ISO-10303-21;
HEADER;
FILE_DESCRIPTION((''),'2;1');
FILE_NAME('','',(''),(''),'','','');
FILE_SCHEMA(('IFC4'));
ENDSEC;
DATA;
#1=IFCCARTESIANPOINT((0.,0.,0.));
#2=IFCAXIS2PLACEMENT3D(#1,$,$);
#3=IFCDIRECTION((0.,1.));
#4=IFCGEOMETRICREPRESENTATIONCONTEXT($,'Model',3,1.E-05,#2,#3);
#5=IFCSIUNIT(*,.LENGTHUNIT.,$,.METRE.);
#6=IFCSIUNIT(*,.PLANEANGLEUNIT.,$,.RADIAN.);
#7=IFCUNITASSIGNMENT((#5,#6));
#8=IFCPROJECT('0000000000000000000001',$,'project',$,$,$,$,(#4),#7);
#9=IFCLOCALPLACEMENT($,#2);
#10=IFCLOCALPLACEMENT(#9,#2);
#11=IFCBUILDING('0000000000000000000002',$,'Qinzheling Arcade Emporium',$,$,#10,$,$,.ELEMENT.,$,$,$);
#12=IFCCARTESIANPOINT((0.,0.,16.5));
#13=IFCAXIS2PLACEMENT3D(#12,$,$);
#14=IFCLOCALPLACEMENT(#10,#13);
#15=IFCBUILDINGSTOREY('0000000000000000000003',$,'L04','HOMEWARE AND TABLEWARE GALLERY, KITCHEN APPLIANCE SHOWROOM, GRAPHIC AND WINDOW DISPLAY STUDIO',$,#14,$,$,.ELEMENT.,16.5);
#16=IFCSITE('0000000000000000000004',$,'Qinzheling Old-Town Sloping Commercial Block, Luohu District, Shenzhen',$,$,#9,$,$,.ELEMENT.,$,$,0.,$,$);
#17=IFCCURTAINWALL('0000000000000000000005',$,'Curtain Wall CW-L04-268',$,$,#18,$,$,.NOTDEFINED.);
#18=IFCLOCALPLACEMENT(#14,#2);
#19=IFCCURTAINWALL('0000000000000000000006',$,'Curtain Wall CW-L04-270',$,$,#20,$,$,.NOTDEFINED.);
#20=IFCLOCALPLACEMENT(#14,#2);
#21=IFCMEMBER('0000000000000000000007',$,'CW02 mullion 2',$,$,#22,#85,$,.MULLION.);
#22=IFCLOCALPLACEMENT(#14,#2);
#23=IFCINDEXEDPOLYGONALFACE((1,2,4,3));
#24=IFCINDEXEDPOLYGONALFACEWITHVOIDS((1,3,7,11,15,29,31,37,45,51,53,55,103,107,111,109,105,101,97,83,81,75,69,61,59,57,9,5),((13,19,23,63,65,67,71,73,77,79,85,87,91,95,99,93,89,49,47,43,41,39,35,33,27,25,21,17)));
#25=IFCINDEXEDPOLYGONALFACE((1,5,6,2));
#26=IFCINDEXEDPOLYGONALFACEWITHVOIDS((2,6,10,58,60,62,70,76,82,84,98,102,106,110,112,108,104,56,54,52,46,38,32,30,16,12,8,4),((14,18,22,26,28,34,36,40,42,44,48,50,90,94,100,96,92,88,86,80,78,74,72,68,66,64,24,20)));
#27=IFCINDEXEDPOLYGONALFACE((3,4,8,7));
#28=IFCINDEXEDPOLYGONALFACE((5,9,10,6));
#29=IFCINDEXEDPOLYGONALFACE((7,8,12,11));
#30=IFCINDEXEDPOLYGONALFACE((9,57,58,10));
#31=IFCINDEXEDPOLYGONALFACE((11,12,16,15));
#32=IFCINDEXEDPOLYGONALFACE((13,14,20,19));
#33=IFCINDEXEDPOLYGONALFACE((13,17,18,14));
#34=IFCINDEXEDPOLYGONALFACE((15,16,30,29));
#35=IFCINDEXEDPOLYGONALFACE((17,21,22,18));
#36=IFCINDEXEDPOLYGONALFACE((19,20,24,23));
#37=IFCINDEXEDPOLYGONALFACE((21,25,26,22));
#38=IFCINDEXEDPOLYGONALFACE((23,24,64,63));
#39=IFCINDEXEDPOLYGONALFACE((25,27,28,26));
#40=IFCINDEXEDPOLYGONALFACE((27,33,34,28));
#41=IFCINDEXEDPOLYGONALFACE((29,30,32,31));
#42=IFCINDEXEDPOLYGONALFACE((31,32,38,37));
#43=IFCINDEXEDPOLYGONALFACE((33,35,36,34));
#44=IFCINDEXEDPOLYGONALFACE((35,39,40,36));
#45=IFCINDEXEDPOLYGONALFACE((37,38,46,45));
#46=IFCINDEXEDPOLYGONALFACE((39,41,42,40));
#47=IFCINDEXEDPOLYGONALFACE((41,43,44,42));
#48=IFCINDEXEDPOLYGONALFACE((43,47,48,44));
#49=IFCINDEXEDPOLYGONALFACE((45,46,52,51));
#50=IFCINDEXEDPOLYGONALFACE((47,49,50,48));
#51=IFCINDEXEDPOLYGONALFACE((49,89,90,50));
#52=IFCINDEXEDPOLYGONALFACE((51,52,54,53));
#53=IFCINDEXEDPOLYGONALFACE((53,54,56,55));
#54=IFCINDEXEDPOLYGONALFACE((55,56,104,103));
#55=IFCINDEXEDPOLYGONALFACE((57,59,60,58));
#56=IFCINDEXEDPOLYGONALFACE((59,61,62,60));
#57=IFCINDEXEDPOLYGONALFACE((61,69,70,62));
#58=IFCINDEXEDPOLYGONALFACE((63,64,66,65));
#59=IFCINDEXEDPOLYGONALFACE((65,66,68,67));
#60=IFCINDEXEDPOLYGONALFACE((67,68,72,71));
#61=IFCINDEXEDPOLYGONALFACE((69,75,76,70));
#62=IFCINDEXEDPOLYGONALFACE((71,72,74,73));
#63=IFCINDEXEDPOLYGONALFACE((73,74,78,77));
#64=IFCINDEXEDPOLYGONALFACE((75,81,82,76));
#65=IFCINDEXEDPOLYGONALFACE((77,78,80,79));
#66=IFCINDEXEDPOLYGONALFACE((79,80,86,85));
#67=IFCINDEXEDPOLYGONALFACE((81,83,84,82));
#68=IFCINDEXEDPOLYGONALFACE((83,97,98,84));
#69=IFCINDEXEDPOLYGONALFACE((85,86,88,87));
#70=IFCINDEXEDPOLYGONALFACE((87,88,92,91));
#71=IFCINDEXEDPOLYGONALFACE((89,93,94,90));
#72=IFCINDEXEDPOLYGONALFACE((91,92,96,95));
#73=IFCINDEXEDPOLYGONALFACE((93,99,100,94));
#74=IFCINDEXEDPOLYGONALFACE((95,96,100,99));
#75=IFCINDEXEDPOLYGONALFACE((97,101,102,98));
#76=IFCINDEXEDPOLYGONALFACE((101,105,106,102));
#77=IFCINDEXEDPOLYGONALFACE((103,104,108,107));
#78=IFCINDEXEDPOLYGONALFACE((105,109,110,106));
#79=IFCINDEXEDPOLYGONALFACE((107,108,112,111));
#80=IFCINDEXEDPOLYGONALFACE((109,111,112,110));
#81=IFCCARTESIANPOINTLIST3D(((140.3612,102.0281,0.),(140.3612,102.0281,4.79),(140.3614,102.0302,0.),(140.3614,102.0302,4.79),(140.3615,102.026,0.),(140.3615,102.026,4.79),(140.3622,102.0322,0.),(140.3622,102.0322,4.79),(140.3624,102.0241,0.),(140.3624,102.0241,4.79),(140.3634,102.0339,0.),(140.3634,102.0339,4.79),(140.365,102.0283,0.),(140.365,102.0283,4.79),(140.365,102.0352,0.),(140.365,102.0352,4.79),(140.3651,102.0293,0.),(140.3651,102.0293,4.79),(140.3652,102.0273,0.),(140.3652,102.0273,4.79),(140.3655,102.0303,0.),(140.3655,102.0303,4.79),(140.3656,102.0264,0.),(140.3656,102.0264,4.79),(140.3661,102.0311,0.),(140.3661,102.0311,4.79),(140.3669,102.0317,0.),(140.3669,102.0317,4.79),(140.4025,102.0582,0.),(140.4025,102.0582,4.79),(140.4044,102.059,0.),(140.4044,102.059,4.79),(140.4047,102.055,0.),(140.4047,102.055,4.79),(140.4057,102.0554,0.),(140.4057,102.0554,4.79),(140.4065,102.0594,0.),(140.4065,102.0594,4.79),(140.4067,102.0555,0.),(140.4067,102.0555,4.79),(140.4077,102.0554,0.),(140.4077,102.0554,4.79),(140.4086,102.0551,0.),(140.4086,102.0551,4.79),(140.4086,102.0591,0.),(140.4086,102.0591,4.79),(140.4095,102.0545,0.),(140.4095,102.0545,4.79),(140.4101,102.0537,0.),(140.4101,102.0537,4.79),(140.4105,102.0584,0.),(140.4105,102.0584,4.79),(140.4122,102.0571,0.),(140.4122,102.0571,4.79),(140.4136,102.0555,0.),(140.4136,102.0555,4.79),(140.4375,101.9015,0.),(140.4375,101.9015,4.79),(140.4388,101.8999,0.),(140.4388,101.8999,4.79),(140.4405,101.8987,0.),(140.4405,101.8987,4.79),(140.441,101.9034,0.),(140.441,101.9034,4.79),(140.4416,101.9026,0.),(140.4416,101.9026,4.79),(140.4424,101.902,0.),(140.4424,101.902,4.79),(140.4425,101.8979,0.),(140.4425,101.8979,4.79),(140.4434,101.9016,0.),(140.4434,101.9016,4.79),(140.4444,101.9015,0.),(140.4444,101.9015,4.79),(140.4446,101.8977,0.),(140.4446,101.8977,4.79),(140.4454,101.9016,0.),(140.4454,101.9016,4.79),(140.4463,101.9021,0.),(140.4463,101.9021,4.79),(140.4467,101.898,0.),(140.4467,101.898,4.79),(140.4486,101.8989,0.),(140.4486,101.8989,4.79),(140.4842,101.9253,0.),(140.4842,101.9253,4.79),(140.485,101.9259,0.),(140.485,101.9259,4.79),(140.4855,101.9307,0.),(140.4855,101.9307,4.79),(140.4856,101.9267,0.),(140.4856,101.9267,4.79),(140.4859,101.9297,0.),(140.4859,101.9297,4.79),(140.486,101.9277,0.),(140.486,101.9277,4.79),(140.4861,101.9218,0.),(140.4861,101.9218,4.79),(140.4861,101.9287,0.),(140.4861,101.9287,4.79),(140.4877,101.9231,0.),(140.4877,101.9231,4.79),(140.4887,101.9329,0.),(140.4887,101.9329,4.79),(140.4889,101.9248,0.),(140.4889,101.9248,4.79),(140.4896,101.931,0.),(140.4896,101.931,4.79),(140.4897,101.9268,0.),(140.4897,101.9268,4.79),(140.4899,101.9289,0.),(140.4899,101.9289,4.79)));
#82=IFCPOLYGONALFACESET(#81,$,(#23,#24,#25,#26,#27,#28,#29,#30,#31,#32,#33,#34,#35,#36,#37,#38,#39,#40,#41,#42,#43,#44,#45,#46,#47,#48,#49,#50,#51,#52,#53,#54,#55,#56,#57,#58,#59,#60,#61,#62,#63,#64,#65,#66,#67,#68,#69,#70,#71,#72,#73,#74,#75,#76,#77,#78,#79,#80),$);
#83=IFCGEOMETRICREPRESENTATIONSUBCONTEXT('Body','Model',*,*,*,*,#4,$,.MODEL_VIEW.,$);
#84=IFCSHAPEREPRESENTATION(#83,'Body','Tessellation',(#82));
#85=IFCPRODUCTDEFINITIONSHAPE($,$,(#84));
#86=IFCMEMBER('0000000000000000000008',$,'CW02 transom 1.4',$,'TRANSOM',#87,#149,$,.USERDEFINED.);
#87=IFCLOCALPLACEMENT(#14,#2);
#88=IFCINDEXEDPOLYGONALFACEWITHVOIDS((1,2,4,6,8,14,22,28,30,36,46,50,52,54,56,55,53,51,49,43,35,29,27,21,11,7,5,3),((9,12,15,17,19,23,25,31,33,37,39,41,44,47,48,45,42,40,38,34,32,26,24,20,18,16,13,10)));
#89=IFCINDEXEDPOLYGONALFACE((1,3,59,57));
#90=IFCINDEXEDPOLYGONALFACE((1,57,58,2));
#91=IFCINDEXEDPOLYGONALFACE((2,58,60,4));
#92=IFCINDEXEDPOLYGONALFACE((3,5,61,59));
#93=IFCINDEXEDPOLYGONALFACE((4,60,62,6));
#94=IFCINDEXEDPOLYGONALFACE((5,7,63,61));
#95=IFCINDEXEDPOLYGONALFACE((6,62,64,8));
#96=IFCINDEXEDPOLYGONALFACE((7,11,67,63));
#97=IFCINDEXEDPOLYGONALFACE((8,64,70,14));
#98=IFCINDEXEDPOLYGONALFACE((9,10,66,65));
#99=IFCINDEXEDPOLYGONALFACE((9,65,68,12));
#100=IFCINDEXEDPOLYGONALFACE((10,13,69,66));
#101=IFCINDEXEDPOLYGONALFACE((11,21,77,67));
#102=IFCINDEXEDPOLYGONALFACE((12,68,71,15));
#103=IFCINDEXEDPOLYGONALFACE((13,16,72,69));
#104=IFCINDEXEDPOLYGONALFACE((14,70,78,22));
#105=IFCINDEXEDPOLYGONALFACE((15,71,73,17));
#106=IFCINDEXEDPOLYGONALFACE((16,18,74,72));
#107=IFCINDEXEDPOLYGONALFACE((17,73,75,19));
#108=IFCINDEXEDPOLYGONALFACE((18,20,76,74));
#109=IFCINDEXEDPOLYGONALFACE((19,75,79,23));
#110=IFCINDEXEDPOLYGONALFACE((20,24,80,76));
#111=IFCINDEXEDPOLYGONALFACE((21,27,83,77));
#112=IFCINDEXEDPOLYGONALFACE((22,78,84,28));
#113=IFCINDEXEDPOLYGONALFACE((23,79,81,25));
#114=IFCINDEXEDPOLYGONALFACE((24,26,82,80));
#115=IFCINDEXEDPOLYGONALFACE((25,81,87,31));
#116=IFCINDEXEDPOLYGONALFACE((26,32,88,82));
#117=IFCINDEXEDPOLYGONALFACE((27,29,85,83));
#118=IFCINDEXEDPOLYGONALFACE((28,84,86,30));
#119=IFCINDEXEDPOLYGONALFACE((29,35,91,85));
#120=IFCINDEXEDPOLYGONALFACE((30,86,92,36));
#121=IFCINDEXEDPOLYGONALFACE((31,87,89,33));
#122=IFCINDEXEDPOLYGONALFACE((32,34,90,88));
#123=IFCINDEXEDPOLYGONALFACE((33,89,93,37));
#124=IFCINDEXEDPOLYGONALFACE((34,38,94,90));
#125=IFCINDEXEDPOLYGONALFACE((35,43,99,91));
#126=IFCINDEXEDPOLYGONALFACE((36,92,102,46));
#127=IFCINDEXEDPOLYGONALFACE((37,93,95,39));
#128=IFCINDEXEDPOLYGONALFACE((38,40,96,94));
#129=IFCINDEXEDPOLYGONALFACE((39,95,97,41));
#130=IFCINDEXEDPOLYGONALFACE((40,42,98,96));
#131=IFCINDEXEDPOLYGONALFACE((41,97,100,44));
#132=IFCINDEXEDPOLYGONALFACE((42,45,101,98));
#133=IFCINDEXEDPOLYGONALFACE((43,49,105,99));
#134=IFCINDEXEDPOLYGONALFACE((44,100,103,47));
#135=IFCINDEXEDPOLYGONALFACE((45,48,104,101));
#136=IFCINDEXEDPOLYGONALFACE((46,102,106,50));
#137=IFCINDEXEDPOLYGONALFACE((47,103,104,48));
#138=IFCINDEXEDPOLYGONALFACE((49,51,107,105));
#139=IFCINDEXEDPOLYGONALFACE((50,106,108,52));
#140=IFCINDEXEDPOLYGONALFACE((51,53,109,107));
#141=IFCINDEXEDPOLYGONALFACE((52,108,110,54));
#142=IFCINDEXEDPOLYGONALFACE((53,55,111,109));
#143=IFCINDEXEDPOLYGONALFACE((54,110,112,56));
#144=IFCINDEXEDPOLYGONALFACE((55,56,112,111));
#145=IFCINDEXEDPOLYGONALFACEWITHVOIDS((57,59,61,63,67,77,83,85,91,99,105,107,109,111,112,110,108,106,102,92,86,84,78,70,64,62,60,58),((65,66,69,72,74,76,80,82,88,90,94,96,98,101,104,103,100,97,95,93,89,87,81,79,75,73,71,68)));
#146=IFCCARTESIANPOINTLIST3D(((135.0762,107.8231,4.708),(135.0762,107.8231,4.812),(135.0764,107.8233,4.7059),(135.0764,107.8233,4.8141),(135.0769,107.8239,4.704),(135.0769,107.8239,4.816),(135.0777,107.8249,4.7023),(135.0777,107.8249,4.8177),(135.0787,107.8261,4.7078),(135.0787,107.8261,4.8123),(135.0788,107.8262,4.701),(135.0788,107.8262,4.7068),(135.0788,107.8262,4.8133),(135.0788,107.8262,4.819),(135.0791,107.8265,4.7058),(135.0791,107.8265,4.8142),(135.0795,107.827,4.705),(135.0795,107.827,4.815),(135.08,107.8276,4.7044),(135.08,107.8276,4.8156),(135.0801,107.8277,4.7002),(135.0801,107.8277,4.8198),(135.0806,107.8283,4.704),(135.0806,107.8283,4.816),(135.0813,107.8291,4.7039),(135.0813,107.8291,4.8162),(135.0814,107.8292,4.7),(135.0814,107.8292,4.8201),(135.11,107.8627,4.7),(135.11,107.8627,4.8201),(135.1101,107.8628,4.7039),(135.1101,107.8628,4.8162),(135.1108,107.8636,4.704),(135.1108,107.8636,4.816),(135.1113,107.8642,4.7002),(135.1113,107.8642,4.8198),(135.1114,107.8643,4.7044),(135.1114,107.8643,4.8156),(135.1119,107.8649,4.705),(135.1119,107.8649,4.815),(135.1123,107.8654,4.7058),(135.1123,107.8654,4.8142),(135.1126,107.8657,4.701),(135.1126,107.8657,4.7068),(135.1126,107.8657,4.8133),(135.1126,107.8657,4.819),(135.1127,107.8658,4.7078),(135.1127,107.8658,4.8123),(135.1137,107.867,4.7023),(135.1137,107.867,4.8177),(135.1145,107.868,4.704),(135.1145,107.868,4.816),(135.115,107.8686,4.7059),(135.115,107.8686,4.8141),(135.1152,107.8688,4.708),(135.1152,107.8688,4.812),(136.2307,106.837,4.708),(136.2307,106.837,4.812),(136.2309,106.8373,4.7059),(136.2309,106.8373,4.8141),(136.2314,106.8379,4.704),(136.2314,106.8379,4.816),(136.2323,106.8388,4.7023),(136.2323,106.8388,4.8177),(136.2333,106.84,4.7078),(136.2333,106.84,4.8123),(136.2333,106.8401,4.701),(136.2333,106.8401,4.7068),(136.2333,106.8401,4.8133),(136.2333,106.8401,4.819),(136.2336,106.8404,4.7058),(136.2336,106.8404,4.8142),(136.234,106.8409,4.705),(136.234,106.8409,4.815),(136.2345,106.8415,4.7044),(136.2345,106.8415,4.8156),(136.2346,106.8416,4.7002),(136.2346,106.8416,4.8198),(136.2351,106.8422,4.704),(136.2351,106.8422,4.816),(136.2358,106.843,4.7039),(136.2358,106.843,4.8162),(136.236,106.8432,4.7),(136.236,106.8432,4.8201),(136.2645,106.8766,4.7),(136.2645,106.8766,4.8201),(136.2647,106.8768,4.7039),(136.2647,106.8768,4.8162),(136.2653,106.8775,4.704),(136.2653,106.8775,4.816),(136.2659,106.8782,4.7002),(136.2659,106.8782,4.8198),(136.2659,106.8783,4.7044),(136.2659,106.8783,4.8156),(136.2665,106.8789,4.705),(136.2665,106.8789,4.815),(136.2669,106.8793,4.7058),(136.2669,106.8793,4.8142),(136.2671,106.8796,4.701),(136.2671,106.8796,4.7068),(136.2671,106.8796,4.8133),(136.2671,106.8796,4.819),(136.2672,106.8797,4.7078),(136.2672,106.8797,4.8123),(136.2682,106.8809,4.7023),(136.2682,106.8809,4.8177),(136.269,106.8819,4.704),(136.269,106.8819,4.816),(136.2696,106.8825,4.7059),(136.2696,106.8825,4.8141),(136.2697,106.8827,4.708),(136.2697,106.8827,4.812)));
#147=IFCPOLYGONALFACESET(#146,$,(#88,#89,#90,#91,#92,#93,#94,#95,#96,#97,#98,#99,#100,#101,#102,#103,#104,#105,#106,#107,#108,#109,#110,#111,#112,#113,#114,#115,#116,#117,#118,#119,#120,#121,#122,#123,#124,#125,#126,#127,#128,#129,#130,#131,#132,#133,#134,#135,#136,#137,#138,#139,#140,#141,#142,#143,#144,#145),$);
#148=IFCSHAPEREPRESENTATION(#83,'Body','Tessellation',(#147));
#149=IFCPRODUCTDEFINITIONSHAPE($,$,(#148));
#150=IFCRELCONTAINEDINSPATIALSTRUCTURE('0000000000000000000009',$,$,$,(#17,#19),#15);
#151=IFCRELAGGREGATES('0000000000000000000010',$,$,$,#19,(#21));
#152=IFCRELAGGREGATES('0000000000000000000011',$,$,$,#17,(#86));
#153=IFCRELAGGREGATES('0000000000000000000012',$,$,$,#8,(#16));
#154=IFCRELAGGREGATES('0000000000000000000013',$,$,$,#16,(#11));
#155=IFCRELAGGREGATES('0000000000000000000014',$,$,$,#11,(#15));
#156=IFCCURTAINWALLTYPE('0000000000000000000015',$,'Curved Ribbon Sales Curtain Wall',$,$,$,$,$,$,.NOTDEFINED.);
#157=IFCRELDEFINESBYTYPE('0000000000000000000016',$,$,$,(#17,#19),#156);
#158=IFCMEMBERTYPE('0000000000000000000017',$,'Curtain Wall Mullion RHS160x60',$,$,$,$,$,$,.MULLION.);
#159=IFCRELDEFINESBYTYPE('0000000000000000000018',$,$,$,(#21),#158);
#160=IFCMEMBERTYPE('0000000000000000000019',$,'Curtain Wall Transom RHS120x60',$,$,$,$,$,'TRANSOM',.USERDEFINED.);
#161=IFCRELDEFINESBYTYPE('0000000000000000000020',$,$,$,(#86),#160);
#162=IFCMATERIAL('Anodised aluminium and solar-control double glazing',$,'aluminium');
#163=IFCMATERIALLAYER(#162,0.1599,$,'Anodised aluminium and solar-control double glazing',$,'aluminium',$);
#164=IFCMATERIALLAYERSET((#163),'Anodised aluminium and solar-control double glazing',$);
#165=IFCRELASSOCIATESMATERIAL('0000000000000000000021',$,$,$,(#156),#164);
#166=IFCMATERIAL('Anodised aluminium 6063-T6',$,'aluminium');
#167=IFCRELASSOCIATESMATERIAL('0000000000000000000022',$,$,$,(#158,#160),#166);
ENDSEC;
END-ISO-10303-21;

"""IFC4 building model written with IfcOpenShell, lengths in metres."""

from ifc_helpers import new_model, si_unit, direction, frame, origin, origin_2d, place, context, subcontext, project, spatial, hollow_rectangle, extrude, material, layer, layer_set, material_profile, profile_set, type_object, element, aggregate, save


model = new_model("IFC4")

# Units and contexts
model_context = context("Model", 3, precision=1e-05, world=origin(), true_north=direction((0.0, 1.0)))
body_context = subcontext(model_context, "Body", "Model", "MODEL_VIEW")
ifc_project = project(units=[si_unit("LENGTHUNIT", "METRE"), si_unit("PLANEANGLEUNIT", "RADIAN")], contexts=[model_context])

# Site, building, storey
site_placement = place(None, origin())
site = spatial("IfcSite", under=ifc_project, at=site_placement, Name="Qinzheling Old-Town Sloping Commercial Block, Luohu District, Shenzhen", CompositionType="ELEMENT", RefElevation=0.0)
building_placement = place(site_placement, origin())
building = spatial("IfcBuilding", under=site, at=building_placement, Name="Qinzheling Arcade Emporium", CompositionType="ELEMENT")
storey_placement = place(building_placement, frame((0.0, 0.0, 16.5)))
storey = spatial("IfcBuildingStorey", under=building, at=storey_placement, Name="L04", Description="HOMEWARE AND TABLEWARE GALLERY, KITCHEN APPLIANCE SHOWROOM, GRAPHIC AND WINDOW DISPLAY STUDIO", CompositionType="ELEMENT", Elevation=16.5)

# Curtain walls, member
ifc_material_1 = material(Name="Anodised aluminium and solar-control double glazing", Category="aluminium")
ifc_layer_1 = layer(ifc_material_1, 0.1599, Name="Anodised aluminium and solar-control double glazing", Category="aluminium")
ifc_layer_set_1 = layer_set([ifc_layer_1], Name="Anodised aluminium and solar-control double glazing")
curtain_wall_type = type_object("IfcCurtainWallType", Name="Curved Ribbon Sales Curtain Wall", PredefinedType="NOTDEFINED", material=ifc_layer_set_1)
curtain_wall_1_placement = place(storey_placement, origin())
curtain_wall_1 = element("IfcCurtainWall", 1, at=curtain_wall_1_placement, inside=storey, type_object=curtain_wall_type, Name="Curtain Wall CW-L04-268", PredefinedType="NOTDEFINED")
ifc_material_2 = material(Name="Anodised aluminium 6063-T6", Category="aluminium")
ifc_material_profile_1 = material_profile(ifc_material_2, hollow_rectangle(XDim=0.0601, YDim=0.1599, WallThickness=0.0039, InnerFilletRadius=0.0039, OuterFilletRadius=0.0081, at=origin_2d()), Name="RHS 160x60x4", Category="aluminium")
ifc_profile_set_1 = profile_set([ifc_material_profile_1], Name="Anodised aluminium 6063-T6")
member_type_1 = type_object("IfcMemberType", Name="Curtain Wall Mullion RHS160x60", PredefinedType="MULLION", material=ifc_profile_set_1)
curtain_wall_2_placement = place(storey_placement, origin())
curtain_wall_2 = element("IfcCurtainWall", 2, at=curtain_wall_2_placement, inside=storey, type_object=curtain_wall_type, Name="Curtain Wall CW-L04-270", PredefinedType="NOTDEFINED")
member_1_placement = place(storey_placement, frame((140.4255, 101.9785, 0.0), z_axis=(0.0, 0.0, 1.0), x_axis=(0.852628, 0.522518, 0.0)))
member_1 = element("IfcMember", 3, at=member_1_placement, type_object=member_type_1, Name="CW02 mullion 2", PredefinedType="MULLION", context=body_context, shape_type="SweptSolid", body=[
    extrude(hollow_rectangle(XDim=0.0601, YDim=0.1599, WallThickness=0.0039, InnerFilletRadius=0.0039, OuterFilletRadius=0.0081, at=origin_2d()), origin(), (0.0, 0.0, 1.0), 4.79),
])

# Member
ifc_material_profile_2 = material_profile(ifc_material_2, hollow_rectangle(XDim=0.0601, YDim=0.1201, WallThickness=0.0039, InnerFilletRadius=0.0039, OuterFilletRadius=0.0081, at=origin_2d()), Name="RHS 120x60x4", Category="aluminium")
ifc_profile_set_2 = profile_set([ifc_material_profile_2], Name="Anodised aluminium 6063-T6")
member_type_2 = type_object("IfcMemberType", Name="Curtain Wall Transom RHS120x60", ElementType="TRANSOM", PredefinedType="USERDEFINED", material=ifc_profile_set_2)
member_2_placement = place(storey_placement, frame((135.0957, 107.8459, 4.76), z_axis=(0.760402, -0.649453, 0.0), x_axis=(0.649453, 0.760402, 0.0)))
member_2 = element("IfcMember", 4, at=member_2_placement, type_object=member_type_2, Name="CW02 transom 1.4", ObjectType="TRANSOM", PredefinedType="USERDEFINED", context=body_context, shape_type="SweptSolid", body=[
    extrude(hollow_rectangle(XDim=0.0601, YDim=0.1201, WallThickness=0.0039, InnerFilletRadius=0.0039, OuterFilletRadius=0.0081, at=origin_2d()), origin(), (0.0, 0.0, 1.0), 1.5183),
])

aggregate(curtain_wall_2, [member_1])
aggregate(curtain_wall_1, [member_2])

save(model, "model.ifc")
